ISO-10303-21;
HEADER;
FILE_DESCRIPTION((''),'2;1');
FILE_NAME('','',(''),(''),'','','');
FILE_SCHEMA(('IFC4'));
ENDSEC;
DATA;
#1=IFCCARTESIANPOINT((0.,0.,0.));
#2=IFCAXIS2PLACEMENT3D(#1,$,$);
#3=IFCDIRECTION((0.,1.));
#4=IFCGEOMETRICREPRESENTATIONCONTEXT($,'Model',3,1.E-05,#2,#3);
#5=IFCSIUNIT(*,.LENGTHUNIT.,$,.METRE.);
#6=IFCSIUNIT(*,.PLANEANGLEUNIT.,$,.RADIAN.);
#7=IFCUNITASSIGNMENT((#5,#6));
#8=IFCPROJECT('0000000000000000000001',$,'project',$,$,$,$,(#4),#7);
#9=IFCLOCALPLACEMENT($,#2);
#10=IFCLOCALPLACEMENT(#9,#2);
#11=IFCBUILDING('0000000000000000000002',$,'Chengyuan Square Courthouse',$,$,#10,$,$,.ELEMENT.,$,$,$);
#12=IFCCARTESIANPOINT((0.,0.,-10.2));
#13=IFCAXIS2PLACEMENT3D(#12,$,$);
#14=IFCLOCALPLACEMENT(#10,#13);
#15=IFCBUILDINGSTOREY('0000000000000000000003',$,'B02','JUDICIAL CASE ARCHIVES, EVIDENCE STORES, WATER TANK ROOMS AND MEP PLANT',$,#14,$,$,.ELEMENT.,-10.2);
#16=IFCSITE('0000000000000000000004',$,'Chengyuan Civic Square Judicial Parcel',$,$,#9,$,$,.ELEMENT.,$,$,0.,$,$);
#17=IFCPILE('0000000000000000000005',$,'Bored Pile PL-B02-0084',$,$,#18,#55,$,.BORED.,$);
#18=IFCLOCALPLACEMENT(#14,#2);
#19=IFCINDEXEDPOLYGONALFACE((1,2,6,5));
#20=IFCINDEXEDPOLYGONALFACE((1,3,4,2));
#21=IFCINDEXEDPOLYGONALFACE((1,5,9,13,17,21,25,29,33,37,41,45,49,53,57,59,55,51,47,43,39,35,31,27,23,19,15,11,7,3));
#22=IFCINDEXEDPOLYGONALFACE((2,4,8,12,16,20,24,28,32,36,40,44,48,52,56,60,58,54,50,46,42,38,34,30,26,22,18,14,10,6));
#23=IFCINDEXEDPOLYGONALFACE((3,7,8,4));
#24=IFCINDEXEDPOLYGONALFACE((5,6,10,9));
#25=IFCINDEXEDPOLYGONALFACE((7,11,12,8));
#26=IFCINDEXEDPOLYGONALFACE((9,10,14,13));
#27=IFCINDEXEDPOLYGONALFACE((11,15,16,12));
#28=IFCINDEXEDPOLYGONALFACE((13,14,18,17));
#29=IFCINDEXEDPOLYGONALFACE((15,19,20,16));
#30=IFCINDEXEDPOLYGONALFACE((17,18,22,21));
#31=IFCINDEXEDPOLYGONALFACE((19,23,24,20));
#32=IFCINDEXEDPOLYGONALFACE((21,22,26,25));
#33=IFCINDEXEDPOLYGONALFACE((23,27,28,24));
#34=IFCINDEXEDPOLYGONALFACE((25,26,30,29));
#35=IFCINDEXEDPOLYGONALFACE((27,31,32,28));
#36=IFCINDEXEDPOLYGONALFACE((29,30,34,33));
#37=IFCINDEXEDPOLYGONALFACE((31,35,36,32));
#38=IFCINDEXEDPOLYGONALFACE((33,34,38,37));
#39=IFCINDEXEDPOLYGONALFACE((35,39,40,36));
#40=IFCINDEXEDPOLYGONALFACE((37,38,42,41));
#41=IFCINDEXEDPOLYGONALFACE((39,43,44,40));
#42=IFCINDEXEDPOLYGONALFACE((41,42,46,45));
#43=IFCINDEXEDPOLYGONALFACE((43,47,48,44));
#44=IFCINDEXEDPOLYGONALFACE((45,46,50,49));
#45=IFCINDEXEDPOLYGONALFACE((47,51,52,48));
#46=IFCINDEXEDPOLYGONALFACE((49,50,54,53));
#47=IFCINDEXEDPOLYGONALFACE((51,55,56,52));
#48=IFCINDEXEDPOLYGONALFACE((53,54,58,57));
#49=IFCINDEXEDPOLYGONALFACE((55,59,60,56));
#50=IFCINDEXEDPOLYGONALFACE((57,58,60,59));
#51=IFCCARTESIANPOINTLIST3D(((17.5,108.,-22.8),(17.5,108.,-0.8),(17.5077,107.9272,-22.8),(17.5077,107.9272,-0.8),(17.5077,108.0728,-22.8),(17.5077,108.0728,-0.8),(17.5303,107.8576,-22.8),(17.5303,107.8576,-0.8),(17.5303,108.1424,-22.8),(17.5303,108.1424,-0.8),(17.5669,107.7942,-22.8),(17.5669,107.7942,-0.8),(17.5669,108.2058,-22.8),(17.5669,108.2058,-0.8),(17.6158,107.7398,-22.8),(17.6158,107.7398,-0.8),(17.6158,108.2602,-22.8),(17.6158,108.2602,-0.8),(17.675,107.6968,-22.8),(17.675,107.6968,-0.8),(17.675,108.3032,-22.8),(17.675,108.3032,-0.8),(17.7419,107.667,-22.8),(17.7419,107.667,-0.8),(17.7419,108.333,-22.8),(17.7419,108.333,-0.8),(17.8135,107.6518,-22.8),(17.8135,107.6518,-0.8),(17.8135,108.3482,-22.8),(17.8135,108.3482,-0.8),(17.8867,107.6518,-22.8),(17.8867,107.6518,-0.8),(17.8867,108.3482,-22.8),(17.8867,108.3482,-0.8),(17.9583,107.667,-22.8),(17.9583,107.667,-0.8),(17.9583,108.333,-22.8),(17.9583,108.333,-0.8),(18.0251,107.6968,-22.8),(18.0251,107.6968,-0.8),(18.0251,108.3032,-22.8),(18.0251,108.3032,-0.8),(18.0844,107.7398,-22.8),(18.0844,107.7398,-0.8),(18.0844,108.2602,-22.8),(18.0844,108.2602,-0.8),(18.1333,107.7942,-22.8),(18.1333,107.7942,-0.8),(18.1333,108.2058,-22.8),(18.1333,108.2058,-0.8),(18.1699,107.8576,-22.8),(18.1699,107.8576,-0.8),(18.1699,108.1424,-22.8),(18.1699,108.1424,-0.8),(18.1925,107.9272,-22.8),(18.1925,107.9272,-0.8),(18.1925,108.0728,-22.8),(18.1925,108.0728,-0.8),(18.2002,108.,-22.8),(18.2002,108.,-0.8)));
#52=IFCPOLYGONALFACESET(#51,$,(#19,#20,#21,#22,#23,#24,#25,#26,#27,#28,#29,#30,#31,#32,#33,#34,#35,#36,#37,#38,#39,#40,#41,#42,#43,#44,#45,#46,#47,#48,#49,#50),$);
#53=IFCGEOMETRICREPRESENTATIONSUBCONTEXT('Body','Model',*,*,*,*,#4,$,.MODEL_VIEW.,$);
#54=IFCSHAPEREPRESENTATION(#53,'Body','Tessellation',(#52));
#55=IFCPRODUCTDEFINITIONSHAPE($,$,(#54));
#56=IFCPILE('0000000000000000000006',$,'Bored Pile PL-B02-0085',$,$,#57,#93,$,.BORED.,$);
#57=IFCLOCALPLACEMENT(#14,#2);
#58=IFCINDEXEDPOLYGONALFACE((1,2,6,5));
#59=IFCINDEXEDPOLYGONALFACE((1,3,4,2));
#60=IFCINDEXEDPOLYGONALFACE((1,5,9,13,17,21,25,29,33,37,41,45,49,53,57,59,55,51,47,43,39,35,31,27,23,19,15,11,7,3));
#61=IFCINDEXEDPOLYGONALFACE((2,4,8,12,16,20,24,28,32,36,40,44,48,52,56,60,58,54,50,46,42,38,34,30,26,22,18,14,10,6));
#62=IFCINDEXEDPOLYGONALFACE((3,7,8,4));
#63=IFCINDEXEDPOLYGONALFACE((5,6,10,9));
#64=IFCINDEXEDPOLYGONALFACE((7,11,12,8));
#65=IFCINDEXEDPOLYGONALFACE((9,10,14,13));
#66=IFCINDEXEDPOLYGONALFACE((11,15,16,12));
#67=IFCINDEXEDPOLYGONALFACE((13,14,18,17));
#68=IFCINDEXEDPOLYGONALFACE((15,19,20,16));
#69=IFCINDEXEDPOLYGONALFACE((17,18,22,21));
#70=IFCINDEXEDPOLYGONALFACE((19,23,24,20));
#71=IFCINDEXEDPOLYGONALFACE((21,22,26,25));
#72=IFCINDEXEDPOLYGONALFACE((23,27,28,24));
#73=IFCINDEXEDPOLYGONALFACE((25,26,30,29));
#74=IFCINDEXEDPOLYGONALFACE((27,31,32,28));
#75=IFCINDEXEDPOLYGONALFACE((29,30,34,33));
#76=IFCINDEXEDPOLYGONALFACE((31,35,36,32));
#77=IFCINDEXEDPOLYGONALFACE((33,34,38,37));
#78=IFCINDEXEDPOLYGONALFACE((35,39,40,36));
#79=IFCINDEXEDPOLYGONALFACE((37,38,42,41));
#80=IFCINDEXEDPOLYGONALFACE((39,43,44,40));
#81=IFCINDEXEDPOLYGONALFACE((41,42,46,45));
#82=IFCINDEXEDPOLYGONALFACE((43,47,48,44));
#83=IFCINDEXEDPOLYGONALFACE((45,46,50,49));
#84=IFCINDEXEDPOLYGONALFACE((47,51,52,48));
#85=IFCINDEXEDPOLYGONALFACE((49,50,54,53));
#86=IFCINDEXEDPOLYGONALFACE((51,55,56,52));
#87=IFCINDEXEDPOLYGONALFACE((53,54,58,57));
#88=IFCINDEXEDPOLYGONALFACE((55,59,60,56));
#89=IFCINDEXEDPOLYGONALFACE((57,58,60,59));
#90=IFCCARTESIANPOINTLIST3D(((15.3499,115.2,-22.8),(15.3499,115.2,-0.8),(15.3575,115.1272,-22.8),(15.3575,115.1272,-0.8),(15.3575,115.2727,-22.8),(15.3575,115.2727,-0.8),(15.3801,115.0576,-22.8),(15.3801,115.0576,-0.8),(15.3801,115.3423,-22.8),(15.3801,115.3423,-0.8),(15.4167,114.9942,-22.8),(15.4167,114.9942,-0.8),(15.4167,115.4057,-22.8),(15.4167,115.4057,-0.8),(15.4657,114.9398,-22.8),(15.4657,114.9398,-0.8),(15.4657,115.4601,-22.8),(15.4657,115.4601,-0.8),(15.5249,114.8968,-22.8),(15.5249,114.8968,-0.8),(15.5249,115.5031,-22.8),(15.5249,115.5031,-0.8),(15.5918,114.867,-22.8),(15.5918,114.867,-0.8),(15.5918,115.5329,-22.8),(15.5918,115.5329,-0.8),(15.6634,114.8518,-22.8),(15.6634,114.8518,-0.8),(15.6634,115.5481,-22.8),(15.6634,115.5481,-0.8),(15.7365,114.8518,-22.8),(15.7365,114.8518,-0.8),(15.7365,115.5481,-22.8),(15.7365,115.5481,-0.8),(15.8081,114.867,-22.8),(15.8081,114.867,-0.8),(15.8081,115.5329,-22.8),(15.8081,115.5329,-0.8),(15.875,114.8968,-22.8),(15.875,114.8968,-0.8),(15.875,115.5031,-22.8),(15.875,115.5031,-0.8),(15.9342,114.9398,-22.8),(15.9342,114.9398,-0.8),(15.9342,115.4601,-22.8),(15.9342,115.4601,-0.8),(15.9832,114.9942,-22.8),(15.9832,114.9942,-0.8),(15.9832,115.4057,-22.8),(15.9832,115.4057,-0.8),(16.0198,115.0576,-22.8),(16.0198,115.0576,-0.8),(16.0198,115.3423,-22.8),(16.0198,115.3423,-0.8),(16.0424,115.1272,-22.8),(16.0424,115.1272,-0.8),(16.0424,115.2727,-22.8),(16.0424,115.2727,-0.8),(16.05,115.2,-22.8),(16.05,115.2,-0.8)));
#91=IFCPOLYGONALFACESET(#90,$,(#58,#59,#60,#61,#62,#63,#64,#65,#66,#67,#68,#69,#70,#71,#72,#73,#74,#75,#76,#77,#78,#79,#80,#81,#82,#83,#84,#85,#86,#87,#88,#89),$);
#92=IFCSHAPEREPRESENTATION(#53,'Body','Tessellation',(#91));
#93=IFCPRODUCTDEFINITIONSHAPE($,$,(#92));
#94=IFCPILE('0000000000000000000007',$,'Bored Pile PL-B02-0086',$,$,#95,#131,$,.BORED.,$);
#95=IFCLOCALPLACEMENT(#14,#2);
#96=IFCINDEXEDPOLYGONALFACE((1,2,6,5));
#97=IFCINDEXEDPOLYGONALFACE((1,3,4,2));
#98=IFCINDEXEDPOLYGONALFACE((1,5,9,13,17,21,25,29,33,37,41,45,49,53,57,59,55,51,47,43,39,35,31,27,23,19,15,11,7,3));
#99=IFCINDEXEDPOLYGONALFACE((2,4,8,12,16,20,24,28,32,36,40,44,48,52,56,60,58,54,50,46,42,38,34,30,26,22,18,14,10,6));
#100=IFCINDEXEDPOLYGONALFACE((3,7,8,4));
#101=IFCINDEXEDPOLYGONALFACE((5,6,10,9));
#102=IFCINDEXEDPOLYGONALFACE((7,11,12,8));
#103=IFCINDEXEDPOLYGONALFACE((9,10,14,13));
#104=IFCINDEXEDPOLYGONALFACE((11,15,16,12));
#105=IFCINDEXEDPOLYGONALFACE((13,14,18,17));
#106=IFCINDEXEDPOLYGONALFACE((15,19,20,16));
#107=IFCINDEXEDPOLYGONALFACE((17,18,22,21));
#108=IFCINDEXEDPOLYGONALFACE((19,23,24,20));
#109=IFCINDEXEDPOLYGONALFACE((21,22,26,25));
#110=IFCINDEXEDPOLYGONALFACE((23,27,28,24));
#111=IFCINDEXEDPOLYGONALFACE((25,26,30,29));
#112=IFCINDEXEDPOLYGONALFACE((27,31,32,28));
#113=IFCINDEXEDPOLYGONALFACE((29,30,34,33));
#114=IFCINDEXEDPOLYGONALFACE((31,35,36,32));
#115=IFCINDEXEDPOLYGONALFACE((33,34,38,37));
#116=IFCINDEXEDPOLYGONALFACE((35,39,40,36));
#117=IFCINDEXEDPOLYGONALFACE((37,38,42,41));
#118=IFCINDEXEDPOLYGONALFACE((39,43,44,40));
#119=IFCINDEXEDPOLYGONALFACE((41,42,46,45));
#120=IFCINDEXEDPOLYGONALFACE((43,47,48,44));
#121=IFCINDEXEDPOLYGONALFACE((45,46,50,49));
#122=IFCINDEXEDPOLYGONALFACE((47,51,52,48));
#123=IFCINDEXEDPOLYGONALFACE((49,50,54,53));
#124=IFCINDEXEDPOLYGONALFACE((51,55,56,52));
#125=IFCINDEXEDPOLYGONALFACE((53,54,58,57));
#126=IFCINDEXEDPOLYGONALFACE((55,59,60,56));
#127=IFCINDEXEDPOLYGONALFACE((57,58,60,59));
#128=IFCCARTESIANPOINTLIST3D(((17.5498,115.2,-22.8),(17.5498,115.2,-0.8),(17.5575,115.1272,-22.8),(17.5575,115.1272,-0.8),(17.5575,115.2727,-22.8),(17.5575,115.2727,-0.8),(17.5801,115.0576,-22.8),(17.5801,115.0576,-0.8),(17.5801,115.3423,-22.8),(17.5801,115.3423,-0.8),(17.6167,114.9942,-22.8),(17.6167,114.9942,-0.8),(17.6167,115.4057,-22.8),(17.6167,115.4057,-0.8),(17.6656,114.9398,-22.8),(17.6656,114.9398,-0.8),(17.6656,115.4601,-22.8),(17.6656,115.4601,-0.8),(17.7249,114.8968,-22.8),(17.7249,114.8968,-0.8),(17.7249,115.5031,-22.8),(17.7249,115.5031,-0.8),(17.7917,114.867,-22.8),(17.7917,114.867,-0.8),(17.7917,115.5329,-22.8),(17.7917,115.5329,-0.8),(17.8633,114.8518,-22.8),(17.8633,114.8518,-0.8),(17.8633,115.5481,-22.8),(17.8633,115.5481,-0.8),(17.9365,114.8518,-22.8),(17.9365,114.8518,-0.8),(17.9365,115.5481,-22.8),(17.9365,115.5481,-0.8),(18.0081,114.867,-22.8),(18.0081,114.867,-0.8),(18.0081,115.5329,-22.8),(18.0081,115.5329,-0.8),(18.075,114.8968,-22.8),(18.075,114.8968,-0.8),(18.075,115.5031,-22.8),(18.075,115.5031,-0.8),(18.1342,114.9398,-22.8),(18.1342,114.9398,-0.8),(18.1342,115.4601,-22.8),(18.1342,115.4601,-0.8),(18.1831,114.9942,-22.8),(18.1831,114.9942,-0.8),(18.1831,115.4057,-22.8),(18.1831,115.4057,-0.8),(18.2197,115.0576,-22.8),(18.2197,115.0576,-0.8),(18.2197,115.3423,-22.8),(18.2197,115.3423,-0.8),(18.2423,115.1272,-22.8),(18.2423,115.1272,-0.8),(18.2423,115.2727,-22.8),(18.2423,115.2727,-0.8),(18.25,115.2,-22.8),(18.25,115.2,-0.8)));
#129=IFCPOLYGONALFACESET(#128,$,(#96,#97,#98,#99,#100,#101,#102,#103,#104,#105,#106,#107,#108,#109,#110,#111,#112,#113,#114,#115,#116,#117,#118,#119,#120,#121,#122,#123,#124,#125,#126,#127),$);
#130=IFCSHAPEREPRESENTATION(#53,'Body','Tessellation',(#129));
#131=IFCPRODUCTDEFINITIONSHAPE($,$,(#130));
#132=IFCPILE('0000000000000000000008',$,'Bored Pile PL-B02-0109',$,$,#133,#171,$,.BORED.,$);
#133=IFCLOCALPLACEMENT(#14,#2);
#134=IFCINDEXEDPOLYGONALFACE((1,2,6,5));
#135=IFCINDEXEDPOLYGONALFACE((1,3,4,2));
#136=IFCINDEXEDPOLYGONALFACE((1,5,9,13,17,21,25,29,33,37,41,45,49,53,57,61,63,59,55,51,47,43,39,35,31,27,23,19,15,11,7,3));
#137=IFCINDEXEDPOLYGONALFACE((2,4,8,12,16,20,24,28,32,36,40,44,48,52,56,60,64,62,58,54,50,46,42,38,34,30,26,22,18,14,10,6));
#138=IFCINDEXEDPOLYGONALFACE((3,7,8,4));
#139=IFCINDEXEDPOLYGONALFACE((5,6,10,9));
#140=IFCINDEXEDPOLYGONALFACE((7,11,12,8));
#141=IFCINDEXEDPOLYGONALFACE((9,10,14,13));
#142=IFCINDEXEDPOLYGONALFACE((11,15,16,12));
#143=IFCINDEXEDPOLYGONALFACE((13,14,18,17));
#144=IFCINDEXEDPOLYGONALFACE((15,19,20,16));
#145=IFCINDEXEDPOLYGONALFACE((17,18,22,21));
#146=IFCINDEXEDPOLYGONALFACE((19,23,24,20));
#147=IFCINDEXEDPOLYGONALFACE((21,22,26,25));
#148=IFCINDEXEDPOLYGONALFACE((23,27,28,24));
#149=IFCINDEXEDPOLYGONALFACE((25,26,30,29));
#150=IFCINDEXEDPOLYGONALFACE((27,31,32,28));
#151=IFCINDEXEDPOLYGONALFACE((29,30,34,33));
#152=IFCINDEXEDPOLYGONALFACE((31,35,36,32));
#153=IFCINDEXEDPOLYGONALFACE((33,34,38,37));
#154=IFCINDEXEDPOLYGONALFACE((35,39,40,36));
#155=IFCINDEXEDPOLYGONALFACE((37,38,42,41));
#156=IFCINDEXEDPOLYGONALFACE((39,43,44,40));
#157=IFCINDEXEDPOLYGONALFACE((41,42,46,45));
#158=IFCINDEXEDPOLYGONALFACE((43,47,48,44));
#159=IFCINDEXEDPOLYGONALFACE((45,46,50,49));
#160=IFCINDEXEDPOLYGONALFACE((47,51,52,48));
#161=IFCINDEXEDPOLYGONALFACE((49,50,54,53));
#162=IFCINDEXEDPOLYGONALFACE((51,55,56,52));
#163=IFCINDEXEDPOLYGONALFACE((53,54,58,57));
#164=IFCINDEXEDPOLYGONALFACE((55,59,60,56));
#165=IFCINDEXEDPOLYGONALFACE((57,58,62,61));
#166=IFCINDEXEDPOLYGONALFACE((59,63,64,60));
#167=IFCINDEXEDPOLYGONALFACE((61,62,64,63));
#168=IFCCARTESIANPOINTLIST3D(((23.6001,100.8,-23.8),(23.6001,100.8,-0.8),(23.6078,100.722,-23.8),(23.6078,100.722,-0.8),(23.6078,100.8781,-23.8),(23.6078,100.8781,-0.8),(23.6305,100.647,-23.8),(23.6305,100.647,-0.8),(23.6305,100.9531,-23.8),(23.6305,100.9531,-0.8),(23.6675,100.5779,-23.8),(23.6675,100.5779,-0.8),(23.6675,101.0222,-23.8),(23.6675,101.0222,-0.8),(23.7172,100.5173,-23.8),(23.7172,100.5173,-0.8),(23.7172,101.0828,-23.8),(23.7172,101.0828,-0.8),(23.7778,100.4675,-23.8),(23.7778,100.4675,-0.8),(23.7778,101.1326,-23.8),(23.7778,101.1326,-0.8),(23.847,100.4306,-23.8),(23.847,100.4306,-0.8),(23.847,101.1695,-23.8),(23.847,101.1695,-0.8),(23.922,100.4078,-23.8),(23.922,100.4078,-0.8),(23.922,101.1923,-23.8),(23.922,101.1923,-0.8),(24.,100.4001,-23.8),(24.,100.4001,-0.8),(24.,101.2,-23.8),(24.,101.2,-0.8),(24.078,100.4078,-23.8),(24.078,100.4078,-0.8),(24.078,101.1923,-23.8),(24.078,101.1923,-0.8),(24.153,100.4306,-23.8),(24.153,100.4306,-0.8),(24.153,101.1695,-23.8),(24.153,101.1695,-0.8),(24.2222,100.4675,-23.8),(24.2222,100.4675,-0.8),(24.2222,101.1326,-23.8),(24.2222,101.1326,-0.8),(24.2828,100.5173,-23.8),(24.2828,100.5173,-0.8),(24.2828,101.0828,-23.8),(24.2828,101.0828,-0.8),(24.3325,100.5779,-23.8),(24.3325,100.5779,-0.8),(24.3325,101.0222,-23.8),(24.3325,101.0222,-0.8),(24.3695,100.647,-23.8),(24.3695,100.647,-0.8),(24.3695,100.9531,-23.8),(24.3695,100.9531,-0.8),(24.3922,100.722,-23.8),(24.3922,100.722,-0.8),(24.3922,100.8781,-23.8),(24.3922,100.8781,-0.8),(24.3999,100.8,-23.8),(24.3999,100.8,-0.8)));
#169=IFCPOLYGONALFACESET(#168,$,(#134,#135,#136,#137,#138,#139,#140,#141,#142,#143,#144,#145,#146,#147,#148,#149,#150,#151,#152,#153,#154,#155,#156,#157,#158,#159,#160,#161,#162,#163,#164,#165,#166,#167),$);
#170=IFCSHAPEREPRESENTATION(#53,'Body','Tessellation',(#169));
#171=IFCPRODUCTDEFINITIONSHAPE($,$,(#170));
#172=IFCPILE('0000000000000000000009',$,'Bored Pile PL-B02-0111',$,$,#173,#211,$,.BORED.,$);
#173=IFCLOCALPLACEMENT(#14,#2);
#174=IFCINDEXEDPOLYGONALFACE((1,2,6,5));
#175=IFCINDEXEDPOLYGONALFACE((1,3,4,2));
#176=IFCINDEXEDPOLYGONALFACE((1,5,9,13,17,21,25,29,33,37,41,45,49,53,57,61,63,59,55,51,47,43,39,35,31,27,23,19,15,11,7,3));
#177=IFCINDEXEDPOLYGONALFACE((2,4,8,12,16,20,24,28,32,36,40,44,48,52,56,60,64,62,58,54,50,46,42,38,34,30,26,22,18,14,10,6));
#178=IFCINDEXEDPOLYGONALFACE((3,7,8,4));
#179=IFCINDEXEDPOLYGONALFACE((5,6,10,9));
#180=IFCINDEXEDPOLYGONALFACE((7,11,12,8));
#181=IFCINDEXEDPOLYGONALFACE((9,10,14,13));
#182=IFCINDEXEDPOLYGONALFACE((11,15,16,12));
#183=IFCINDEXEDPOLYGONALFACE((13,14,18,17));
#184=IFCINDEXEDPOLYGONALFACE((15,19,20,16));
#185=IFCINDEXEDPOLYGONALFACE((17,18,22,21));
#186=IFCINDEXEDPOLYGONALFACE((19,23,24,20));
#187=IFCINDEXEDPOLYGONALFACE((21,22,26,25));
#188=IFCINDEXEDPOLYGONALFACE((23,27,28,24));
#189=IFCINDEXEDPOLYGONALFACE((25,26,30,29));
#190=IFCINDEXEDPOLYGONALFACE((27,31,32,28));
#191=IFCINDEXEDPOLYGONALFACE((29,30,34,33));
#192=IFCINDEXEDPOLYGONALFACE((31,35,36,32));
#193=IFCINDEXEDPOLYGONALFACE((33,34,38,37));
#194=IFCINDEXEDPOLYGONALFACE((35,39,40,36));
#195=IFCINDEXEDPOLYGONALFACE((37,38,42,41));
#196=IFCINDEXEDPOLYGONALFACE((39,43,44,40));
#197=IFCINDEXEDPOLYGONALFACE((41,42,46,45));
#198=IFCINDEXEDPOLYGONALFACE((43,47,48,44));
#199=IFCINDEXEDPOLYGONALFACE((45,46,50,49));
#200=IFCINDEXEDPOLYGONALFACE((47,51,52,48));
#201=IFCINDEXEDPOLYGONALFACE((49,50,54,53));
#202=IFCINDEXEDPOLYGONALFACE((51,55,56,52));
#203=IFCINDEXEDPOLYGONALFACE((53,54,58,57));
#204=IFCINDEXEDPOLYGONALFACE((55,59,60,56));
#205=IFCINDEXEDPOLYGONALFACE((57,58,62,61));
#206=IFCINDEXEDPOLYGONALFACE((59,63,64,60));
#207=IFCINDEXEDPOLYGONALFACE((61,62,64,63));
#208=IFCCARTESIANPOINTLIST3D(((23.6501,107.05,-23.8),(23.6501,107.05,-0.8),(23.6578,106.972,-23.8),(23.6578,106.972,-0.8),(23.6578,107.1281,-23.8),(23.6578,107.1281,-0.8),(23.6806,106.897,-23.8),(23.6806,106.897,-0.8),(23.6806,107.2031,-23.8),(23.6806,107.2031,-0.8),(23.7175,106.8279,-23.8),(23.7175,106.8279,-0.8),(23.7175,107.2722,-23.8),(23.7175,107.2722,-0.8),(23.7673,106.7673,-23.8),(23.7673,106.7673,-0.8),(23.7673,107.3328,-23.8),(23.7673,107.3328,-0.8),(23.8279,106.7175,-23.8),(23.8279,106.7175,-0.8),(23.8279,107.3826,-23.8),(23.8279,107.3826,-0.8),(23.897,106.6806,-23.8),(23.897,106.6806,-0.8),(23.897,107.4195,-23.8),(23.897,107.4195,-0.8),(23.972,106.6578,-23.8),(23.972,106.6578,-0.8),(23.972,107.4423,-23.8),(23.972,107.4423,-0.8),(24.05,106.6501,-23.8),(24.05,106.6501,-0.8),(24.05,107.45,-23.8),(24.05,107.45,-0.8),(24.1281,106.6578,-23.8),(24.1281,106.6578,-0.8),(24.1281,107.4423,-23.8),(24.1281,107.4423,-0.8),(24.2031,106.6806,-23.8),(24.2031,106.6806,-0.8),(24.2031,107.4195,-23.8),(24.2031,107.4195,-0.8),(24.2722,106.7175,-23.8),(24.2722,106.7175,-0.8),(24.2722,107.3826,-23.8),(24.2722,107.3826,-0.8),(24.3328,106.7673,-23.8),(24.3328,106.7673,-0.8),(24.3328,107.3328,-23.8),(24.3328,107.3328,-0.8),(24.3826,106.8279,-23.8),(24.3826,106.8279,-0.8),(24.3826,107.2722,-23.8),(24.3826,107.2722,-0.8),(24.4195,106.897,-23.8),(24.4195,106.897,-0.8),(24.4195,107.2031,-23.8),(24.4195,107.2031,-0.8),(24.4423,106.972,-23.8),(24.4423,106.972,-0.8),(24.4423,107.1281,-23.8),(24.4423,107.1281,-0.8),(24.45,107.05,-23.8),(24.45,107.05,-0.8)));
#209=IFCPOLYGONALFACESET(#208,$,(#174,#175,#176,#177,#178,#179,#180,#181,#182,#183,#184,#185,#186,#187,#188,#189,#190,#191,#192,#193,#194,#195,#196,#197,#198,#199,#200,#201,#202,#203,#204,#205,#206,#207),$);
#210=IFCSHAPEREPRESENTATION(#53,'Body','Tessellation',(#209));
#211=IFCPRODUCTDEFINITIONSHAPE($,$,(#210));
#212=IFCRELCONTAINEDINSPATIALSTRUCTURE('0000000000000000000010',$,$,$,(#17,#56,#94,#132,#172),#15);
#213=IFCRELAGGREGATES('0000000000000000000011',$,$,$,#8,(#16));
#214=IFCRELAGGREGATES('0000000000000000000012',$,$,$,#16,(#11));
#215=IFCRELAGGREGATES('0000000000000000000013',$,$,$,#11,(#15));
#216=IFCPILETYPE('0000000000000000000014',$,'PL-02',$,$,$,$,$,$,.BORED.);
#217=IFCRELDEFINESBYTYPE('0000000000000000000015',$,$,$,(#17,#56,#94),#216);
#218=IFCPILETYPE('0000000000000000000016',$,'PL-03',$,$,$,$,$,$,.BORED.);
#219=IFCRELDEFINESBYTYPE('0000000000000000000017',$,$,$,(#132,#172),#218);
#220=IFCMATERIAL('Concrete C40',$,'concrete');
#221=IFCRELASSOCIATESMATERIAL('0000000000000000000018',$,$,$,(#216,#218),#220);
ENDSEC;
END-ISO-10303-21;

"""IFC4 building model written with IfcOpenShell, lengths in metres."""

from ifc_helpers import new_model, si_unit, direction, frame, origin, origin_2d, place, context, subcontext, project, spatial, circle, extrude, material, material_profile, profile_set, type_object, element, save


model = new_model("IFC4")

# Units and contexts
model_context = context("Model", 3, precision=1e-05, world=origin(), true_north=direction((0.0, 1.0)))
body_context = subcontext(model_context, "Body", "Model", "MODEL_VIEW")
ifc_project = project(units=[si_unit("LENGTHUNIT", "METRE"), si_unit("PLANEANGLEUNIT", "RADIAN")], contexts=[model_context])

# Site, building, storey
site_placement = place(None, origin())
site = spatial("IfcSite", under=ifc_project, at=site_placement, Name="Chengyuan Civic Square Judicial Parcel", CompositionType="ELEMENT", RefElevation=0.0)
building_placement = place(site_placement, origin())
building = spatial("IfcBuilding", under=site, at=building_placement, Name="Chengyuan Square Courthouse", CompositionType="ELEMENT")
storey_placement = place(building_placement, frame((0.0, 0.0, -10.2)))
storey = spatial("IfcBuildingStorey", under=building, at=storey_placement, Name="B02", Description="JUDICIAL CASE ARCHIVES, EVIDENCE STORES, WATER TANK ROOMS AND MEP PLANT", CompositionType="ELEMENT", Elevation=-10.2)

# Shared definitions
ifc_material_1 = material(Name="Concrete C40", Category="concrete")

# Piles
ifc_material_profile_1 = material_profile(ifc_material_1, circle(Radius=0.3501, at=origin_2d()), Name="BORED PILE D700")
ifc_profile_set_1 = profile_set([ifc_material_profile_1], Name="Concrete C40")
pile_type_1 = type_object("IfcPileType", Name="PL-02", PredefinedType="BORED", material=ifc_profile_set_1)
for number, where, z_axis, x_axis, name in (
    (1, (17.8501, 108.0, -0.8), (0.0, 0.0, -1.0), (1.0, 0.0, 0.0), "Bored Pile PL-B02-0084"),
    (2, (15.7, 115.2, -0.8), (0.0, 0.0, -1.0), (1.0, 0.0, 0.0), "Bored Pile PL-B02-0085"),
    (3, (17.8999, 115.2, -0.8), (0.0, 0.0, -1.0), (1.0, 0.0, 0.0), "Bored Pile PL-B02-0086"),
):
    element("IfcPile", number, at=place(storey_placement, frame(where, z_axis=z_axis, x_axis=x_axis)), inside=storey, type_object=pile_type_1, Name=name, PredefinedType="BORED", context=body_context, shape_type="SweptSolid", body=[
        extrude(circle(Radius=0.3501, at=origin_2d()), origin(), (0.0, 0.0, 1.0), 22.0),
    ])
ifc_material_profile_2 = material_profile(ifc_material_1, circle(Radius=0.3999, at=origin_2d()), Name="BORED PILE D800")
ifc_profile_set_2 = profile_set([ifc_material_profile_2], Name="Concrete C40")
pile_type_2 = type_object("IfcPileType", Name="PL-03", PredefinedType="BORED", material=ifc_profile_set_2)
for number, where, z_axis, x_axis, name in (
    (4, (24.0, 100.8, -0.8), (0.0, 0.0, -1.0), (1.0, 0.0, 0.0), "Bored Pile PL-B02-0109"),
    (5, (24.05, 107.05, -0.8), (0.0, 0.0, -1.0), (1.0, 0.0, 0.0), "Bored Pile PL-B02-0111"),
):
    element("IfcPile", number, at=place(storey_placement, frame(where, z_axis=z_axis, x_axis=x_axis)), inside=storey, type_object=pile_type_2, Name=name, PredefinedType="BORED", context=body_context, shape_type="SweptSolid", body=[
        extrude(circle(Radius=0.3999, at=origin_2d()), origin(), (0.0, 0.0, 1.0), 23.0),
    ])

save(model, "model.ifc")
